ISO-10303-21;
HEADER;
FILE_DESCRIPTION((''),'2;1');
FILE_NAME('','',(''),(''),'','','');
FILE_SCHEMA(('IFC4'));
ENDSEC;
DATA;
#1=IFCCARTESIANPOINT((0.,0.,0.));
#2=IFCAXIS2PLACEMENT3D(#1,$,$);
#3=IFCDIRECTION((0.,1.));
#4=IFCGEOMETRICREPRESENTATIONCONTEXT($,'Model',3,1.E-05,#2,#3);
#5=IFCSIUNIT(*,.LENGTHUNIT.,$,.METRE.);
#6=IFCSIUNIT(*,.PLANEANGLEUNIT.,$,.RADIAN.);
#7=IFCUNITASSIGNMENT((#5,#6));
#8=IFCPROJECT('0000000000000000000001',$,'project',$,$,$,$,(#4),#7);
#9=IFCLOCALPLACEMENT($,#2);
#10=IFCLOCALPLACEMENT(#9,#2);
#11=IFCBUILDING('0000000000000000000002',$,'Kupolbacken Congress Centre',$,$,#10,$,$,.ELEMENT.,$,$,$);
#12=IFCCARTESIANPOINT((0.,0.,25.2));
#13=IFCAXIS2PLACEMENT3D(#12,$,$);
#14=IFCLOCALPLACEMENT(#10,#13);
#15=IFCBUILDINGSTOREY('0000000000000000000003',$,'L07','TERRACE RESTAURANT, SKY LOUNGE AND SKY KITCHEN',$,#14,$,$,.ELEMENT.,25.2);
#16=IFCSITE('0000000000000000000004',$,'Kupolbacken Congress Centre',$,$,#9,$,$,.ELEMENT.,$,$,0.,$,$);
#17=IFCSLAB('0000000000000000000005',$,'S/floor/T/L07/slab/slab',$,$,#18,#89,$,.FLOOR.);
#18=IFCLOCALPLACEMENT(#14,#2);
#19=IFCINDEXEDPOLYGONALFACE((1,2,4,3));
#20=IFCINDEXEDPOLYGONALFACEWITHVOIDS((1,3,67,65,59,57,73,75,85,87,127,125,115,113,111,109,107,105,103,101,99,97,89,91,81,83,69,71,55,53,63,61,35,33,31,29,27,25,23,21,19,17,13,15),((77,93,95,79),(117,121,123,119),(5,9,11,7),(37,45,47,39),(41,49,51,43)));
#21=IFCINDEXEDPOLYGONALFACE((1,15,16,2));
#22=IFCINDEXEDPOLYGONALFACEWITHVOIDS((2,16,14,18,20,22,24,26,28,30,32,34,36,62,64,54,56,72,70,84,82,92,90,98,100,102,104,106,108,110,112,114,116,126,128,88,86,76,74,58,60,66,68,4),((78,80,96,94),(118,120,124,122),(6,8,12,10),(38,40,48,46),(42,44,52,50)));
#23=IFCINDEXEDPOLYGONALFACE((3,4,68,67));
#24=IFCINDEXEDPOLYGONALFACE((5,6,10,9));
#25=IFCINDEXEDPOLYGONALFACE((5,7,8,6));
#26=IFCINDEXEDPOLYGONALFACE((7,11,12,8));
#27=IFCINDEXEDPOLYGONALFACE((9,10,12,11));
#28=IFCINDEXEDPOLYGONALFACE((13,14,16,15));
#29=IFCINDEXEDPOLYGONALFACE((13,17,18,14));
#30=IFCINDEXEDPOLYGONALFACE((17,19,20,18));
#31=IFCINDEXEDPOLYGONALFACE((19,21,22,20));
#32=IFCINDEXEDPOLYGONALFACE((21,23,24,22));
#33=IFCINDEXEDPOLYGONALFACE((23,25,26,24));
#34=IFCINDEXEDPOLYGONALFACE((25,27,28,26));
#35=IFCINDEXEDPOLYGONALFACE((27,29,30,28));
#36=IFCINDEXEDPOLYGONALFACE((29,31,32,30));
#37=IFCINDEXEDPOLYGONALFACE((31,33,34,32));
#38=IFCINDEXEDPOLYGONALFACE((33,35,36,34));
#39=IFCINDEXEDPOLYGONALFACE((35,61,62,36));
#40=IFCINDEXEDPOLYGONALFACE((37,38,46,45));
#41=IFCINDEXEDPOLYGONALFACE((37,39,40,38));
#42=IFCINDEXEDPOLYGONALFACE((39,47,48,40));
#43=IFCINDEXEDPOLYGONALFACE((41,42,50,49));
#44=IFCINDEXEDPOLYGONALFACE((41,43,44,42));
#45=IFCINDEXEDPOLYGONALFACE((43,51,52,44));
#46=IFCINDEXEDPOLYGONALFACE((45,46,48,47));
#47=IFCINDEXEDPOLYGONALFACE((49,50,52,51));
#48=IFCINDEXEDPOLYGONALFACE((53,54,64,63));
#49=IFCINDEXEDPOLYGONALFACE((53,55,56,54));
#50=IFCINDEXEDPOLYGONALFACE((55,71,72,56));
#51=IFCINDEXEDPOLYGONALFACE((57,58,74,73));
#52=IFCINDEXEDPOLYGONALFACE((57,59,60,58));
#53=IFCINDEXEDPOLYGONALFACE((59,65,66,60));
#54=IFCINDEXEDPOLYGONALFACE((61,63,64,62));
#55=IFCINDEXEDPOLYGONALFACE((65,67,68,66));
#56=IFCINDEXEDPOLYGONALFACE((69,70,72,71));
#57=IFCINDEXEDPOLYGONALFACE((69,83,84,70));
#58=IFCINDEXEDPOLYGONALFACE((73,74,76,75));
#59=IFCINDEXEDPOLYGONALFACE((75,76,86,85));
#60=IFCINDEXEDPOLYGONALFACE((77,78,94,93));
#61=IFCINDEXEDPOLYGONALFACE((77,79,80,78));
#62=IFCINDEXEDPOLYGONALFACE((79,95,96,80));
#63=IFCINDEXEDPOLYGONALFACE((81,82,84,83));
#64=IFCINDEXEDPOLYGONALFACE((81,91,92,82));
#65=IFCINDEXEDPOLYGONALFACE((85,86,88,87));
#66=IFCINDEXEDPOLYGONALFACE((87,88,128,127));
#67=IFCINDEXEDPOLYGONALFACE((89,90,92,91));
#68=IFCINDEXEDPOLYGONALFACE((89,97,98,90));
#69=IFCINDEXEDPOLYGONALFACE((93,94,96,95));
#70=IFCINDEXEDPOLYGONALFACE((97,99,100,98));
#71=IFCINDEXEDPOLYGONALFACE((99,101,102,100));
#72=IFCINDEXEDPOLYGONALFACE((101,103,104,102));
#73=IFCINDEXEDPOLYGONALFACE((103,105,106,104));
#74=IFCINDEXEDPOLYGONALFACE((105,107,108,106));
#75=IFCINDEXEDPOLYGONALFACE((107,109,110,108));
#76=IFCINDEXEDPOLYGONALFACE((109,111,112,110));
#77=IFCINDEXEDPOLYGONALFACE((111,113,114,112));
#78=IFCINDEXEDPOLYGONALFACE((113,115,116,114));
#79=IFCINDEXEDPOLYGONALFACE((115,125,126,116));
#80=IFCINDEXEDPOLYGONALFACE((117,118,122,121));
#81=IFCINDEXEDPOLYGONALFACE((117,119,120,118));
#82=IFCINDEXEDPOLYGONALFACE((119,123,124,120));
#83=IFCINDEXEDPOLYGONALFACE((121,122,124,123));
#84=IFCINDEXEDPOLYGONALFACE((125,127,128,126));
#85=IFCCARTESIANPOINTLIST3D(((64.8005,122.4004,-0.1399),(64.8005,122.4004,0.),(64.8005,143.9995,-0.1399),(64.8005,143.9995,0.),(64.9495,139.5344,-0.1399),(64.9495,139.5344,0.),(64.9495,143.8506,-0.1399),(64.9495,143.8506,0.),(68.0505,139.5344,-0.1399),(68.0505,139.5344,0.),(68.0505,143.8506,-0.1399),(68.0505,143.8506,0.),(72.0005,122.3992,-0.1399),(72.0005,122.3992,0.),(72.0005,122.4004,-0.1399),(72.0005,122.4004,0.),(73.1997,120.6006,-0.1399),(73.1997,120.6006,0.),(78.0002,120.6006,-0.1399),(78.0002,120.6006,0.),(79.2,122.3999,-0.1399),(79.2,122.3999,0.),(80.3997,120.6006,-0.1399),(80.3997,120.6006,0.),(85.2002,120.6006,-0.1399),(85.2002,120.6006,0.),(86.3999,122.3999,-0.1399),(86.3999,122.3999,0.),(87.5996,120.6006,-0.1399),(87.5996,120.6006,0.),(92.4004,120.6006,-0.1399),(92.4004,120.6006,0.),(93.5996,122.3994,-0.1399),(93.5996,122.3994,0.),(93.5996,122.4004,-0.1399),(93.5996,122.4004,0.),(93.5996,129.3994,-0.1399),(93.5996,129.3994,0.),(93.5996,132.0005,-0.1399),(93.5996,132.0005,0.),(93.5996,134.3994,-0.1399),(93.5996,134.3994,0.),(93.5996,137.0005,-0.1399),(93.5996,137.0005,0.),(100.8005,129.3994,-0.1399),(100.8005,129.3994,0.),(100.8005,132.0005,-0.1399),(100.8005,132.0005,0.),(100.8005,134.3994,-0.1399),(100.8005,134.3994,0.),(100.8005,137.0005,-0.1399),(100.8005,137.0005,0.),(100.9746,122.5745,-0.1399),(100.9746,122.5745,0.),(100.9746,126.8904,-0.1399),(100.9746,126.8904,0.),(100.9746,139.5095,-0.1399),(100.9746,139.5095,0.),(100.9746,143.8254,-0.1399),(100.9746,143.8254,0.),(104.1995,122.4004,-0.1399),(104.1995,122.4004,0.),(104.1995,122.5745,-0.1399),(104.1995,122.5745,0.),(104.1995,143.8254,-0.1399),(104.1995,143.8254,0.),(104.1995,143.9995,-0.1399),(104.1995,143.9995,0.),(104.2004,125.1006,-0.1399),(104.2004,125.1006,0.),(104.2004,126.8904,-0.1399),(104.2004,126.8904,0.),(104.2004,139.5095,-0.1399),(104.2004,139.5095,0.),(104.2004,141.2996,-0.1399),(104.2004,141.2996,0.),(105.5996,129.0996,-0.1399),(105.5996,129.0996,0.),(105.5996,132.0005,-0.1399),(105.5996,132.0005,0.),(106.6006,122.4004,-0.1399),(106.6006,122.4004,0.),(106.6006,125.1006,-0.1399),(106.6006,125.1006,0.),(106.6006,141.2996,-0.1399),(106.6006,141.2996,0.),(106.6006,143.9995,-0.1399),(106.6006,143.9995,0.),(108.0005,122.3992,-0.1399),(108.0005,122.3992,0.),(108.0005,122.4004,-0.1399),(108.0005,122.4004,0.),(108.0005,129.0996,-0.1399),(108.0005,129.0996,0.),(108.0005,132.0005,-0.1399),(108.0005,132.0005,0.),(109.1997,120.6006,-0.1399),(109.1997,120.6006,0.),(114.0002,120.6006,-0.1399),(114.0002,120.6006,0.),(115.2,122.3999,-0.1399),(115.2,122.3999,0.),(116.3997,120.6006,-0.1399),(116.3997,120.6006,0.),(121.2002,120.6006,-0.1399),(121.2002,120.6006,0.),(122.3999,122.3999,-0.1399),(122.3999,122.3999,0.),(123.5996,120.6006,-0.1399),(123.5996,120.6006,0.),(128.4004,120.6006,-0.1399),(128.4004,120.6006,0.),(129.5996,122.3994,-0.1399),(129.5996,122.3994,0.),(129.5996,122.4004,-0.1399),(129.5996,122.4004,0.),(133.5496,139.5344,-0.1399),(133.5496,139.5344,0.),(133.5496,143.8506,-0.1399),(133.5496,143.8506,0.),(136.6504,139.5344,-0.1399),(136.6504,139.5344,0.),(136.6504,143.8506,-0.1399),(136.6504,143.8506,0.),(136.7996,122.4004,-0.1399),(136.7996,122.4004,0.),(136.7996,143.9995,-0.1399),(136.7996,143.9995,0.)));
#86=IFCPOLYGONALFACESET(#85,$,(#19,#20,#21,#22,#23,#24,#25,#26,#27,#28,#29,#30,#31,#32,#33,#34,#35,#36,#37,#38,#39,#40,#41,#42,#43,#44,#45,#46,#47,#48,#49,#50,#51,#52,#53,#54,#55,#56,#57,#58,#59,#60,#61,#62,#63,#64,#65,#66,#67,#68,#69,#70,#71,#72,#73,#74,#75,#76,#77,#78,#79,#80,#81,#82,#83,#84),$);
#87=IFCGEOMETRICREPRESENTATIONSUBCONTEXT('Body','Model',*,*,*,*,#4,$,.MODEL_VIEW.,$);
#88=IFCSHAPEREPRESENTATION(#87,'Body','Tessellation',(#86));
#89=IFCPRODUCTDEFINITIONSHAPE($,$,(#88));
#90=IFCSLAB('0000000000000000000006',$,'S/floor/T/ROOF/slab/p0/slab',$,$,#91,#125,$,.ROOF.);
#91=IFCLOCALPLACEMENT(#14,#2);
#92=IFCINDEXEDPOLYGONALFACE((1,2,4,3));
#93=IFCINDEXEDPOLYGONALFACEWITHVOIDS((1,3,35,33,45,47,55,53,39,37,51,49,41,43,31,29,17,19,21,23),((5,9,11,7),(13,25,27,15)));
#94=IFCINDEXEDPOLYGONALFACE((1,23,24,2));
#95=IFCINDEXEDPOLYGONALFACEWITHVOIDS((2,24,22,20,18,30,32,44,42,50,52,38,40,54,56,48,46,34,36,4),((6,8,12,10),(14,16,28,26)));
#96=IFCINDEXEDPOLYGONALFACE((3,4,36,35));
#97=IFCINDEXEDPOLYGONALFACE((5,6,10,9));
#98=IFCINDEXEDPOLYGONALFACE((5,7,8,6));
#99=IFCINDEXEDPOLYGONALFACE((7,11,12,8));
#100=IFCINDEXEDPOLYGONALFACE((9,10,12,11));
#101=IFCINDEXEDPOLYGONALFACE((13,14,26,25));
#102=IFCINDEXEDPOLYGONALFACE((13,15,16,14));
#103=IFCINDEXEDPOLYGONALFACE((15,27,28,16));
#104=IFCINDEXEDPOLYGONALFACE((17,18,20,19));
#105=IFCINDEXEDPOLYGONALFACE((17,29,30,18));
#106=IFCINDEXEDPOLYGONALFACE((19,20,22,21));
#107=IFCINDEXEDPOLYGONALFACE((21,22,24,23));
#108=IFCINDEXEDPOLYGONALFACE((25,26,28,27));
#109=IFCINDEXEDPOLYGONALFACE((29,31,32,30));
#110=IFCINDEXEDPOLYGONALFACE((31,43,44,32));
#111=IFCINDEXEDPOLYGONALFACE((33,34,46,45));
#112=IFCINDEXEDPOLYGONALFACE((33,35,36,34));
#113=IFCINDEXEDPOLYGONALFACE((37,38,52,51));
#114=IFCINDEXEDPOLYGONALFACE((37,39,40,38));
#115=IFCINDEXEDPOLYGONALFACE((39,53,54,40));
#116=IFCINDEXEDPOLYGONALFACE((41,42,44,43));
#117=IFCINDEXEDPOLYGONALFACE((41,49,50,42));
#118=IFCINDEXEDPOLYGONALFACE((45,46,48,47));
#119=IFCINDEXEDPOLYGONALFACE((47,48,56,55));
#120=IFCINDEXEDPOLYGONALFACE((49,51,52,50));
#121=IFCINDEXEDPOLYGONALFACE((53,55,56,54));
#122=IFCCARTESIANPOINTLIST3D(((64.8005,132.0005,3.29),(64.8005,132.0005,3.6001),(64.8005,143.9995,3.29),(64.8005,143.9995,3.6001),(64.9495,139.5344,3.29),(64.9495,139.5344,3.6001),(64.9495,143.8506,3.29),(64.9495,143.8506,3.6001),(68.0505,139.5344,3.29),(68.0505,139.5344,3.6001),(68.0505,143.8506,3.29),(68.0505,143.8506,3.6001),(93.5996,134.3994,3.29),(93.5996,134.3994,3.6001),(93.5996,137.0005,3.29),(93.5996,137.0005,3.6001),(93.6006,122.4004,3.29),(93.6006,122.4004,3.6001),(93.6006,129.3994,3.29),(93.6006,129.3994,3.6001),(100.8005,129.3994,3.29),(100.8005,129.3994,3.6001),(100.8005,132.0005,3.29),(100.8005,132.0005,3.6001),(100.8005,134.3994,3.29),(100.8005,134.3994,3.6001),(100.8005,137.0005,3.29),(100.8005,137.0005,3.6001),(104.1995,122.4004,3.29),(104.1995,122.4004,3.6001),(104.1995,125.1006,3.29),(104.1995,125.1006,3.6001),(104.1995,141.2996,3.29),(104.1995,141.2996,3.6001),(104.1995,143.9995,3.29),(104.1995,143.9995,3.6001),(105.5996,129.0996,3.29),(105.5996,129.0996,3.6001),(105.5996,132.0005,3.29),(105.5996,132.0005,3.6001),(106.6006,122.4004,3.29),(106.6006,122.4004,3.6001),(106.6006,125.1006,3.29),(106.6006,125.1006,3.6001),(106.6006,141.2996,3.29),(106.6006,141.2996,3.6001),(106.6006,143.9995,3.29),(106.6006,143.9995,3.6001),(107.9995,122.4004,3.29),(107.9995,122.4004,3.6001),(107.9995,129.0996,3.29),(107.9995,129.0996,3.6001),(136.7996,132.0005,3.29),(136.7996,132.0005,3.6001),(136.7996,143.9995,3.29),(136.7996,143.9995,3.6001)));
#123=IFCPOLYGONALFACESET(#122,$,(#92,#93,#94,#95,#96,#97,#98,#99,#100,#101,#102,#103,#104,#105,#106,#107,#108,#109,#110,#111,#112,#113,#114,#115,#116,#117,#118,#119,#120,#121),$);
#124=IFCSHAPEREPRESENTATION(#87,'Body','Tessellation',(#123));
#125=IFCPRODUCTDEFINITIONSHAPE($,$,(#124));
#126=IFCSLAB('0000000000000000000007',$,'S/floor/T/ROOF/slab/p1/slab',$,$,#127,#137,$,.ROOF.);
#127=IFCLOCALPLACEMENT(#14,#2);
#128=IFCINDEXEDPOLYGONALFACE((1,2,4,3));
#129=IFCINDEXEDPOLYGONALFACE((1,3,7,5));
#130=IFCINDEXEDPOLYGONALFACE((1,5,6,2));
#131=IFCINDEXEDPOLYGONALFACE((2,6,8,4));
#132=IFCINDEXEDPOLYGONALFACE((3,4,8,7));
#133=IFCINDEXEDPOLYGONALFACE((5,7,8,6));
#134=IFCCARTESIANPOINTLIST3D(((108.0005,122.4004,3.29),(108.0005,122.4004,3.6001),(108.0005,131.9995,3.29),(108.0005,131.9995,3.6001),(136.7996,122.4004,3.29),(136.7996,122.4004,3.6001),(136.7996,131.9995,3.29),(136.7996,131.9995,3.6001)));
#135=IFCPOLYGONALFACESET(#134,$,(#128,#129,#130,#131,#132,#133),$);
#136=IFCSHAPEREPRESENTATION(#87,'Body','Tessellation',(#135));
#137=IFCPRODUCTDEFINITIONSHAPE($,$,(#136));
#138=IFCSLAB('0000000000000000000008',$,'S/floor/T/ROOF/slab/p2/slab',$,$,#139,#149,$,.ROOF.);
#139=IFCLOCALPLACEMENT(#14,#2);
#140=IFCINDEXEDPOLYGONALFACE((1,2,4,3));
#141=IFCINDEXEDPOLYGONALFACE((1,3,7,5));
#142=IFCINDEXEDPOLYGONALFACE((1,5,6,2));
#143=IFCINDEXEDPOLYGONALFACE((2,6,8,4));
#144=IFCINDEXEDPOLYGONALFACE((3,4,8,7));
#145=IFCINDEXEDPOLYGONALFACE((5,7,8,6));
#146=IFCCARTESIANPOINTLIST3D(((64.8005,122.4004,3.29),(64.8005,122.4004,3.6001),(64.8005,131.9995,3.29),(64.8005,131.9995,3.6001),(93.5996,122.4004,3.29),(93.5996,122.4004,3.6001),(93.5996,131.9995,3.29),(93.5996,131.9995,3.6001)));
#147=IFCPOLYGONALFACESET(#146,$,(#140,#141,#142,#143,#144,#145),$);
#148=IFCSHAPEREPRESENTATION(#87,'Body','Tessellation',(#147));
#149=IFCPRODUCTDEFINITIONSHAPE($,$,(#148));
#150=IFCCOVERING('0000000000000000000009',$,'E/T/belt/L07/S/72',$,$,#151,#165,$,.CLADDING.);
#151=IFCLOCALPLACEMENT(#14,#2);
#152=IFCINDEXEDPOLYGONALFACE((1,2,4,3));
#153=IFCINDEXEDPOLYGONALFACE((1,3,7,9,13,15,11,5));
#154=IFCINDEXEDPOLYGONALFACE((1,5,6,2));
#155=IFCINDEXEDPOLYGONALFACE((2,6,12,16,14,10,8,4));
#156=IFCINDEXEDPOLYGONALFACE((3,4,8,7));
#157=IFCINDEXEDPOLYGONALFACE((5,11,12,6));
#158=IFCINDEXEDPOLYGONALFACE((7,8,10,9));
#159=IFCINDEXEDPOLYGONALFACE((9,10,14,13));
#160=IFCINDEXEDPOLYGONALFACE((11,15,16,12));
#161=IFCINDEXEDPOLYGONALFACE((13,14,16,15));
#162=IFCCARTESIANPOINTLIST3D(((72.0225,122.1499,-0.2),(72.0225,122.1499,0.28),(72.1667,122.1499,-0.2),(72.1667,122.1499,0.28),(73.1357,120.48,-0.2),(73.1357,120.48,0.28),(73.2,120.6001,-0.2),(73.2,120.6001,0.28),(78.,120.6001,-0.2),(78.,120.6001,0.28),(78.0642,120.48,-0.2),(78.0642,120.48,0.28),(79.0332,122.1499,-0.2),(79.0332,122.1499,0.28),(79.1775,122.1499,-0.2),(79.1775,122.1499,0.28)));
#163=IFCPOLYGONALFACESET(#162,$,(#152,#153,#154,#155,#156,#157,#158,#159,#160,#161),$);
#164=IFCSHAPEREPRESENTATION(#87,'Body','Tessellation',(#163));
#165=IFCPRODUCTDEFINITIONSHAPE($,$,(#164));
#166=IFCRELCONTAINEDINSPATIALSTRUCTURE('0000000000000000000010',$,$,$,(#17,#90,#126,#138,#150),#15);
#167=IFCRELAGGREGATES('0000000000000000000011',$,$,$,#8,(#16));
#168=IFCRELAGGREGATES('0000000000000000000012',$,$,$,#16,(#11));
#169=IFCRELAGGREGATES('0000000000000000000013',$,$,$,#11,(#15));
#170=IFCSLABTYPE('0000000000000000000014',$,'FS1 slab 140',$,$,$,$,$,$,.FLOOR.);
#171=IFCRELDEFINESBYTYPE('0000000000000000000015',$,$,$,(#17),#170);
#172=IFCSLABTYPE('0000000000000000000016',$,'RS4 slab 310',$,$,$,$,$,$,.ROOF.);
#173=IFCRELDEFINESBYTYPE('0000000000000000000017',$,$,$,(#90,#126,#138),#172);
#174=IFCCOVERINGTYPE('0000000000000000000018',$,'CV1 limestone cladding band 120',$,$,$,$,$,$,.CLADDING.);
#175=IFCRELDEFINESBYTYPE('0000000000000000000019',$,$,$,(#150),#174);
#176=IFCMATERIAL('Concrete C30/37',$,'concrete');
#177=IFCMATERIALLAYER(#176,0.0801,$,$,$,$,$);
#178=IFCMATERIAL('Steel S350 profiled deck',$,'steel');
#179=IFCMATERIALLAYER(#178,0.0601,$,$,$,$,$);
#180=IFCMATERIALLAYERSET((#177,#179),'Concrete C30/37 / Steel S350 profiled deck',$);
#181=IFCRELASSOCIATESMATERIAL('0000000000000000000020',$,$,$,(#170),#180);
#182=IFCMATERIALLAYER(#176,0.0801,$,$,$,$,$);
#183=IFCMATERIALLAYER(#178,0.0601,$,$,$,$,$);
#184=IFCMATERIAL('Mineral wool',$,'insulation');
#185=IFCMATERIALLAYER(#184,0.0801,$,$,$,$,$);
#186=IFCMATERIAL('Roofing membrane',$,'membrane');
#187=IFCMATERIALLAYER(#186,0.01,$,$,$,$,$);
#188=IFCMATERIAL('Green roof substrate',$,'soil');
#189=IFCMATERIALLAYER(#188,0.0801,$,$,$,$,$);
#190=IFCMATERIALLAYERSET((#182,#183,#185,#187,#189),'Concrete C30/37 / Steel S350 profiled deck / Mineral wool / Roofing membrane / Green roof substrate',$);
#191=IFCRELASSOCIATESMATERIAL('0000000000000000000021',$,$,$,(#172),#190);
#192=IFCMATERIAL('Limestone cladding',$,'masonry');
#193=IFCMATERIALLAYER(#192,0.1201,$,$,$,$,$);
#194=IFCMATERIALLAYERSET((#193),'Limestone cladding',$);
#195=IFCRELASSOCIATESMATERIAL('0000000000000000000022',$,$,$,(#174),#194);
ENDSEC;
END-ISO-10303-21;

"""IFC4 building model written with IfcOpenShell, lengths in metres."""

from ifc_helpers import new_model, si_unit, direction, frame, origin, place, context, subcontext, project, spatial, polyline, outline, extrude, material, layer, layer_set, type_object, element, save


model = new_model("IFC4")

# Units and contexts
model_context = context("Model", 3, precision=1e-05, world=origin(), true_north=direction((0.0, 1.0)))
body_context = subcontext(model_context, "Body", "Model", "MODEL_VIEW")
ifc_project = project(units=[si_unit("LENGTHUNIT", "METRE"), si_unit("PLANEANGLEUNIT", "RADIAN")], contexts=[model_context])

# Site, building, storey
site_placement = place(None, origin())
site = spatial("IfcSite", under=ifc_project, at=site_placement, Name="Kupolbacken Congress Centre", CompositionType="ELEMENT", RefElevation=0.0)
building_placement = place(site_placement, origin())
building = spatial("IfcBuilding", under=site, at=building_placement, Name="Kupolbacken Congress Centre", CompositionType="ELEMENT")
storey_placement = place(building_placement, frame((0.0, 0.0, 25.2)))
storey = spatial("IfcBuildingStorey", under=building, at=storey_placement, Name="L07", Description="TERRACE RESTAURANT, SKY LOUNGE AND SKY KITCHEN", CompositionType="ELEMENT", Elevation=25.2)

# Slabs
ifc_material_1 = material(Name="Concrete C30/37", Category="concrete")
ifc_layer_1 = layer(ifc_material_1, 0.0801)
ifc_material_2 = material(Name="Steel S350 profiled deck", Category="steel")
ifc_layer_2 = layer(ifc_material_2, 0.0601)
ifc_layer_set_1 = layer_set([ifc_layer_1, ifc_layer_2], Name="Concrete C30/37 / Steel S350 profiled deck")
slab_type_1 = type_object("IfcSlabType", Name="FS1 slab 140", PredefinedType="FLOOR", material=ifc_layer_set_1)
slab_1_placement = place(storey_placement, frame((0.0, 0.0, -0.1399)))
element("IfcSlab", 1, at=slab_1_placement, inside=storey, type_object=slab_type_1, Name="S/floor/T/L07/slab/slab", PredefinedType="FLOOR", context=body_context, shape_type="SweptSolid", body=[
    extrude(outline(polyline([(114.0002, 120.6006), (115.2, 122.3999), (116.3997, 120.6006), (121.2002, 120.6006), (122.3999, 122.3999), (123.5996, 120.6006), (128.4004, 120.6006), (129.5996, 122.3994), (129.5996, 122.4004), (136.7996, 122.4004), (136.7996, 143.9995), (106.6006, 143.9995), (106.6006, 141.2996), (104.2004, 141.2996), (104.2004, 139.5095), (100.9746, 139.5095), (100.9746, 143.8254), (104.1995, 143.8254), (104.1995, 143.9995), (64.8005, 143.9995), (64.8005, 122.4004), (72.0005, 122.4004), (72.0005, 122.3992), (73.1997, 120.6006), (78.0002, 120.6006), (79.2, 122.3999), (80.3997, 120.6006), (85.2002, 120.6006), (86.3999, 122.3999), (87.5996, 120.6006), (92.4004, 120.6006), (93.5996, 122.3994), (93.5996, 122.4004), (104.1995, 122.4004), (104.1995, 122.5745), (100.9746, 122.5745), (100.9746, 126.8904), (104.2004, 126.8904), (104.2004, 125.1006), (106.6006, 125.1006), (106.6006, 122.4004), (108.0005, 122.4004), (108.0005, 122.3992), (109.1997, 120.6006), (114.0002, 120.6006)]), holes=[polyline([(136.6504, 139.5344), (133.5496, 139.5344), (133.5496, 143.8506), (136.6504, 143.8506), (136.6504, 139.5344)]), polyline([(108.0005, 129.0996), (105.5996, 129.0996), (105.5996, 132.0005), (108.0005, 132.0005), (108.0005, 129.0996)]), polyline([(93.5996, 132.0005), (100.8005, 132.0005), (100.8005, 129.3994), (93.5996, 129.3994), (93.5996, 132.0005)]), polyline([(93.5996, 137.0005), (100.8005, 137.0005), (100.8005, 134.3994), (93.5996, 134.3994), (93.5996, 137.0005)]), polyline([(68.0505, 143.8506), (68.0505, 139.5344), (64.9495, 139.5344), (64.9495, 143.8506), (68.0505, 143.8506)])]), origin(), (0.0, 0.0, 1.0), 0.1399),
])
ifc_layer_3 = layer(ifc_material_1, 0.0801)
ifc_layer_4 = layer(ifc_material_2, 0.0601)
ifc_material_3 = material(Name="Mineral wool", Category="insulation")
ifc_layer_5 = layer(ifc_material_3, 0.0801)
ifc_material_4 = material(Name="Roofing membrane", Category="membrane")
ifc_layer_6 = layer(ifc_material_4, 0.01)
ifc_material_5 = material(Name="Green roof substrate", Category="soil")
ifc_layer_7 = layer(ifc_material_5, 0.0801)
ifc_layer_set_2 = layer_set([ifc_layer_3, ifc_layer_4, ifc_layer_5, ifc_layer_6, ifc_layer_7], Name="Concrete C30/37 / Steel S350 profiled deck / Mineral wool / Roofing membrane / Green roof substrate")
slab_type_2 = type_object("IfcSlabType", Name="RS4 slab 310", PredefinedType="ROOF", material=ifc_layer_set_2)
slab_2_placement = place(storey_placement, frame((0.0, 0.0, 3.29)))
element("IfcSlab", 2, at=slab_2_placement, inside=storey, type_object=slab_type_2, Name="S/floor/T/ROOF/slab/p0/slab", PredefinedType="ROOF", context=body_context, shape_type="SweptSolid", body=[
    extrude(outline(polyline([(64.8005, 143.9995), (64.8005, 132.0005), (100.8005, 132.0005), (100.8005, 129.3994), (93.6006, 129.3994), (93.6006, 122.4004), (104.1995, 122.4004), (104.1995, 125.1006), (106.6006, 125.1006), (106.6006, 122.4004), (107.9995, 122.4004), (107.9995, 129.0996), (105.5996, 129.0996), (105.5996, 132.0005), (136.7996, 132.0005), (136.7996, 143.9995), (106.6006, 143.9995), (106.6006, 141.2996), (104.1995, 141.2996), (104.1995, 143.9995), (64.8005, 143.9995)]), holes=[polyline([(93.5996, 134.3994), (93.5996, 137.0005), (100.8005, 137.0005), (100.8005, 134.3994), (93.5996, 134.3994)]), polyline([(68.0505, 139.5344), (64.9495, 139.5344), (64.9495, 143.8506), (68.0505, 143.8506), (68.0505, 139.5344)])]), origin(), (0.0, 0.0, 1.0), 0.3101),
])
slab_3_placement = place(storey_placement, frame((0.0, 0.0, 3.29)))
element("IfcSlab", 3, at=slab_3_placement, inside=storey, type_object=slab_type_2, Name="S/floor/T/ROOF/slab/p1/slab", PredefinedType="ROOF", context=body_context, shape_type="SweptSolid", body=[
    extrude(outline(polyline([(108.0005, 131.9995), (108.0005, 122.4004), (136.7996, 122.4004), (136.7996, 131.9995), (108.0005, 131.9995)])), origin(), (0.0, 0.0, 1.0), 0.3101),
])
slab_4_placement = place(storey_placement, frame((0.0, 0.0, 3.29)))
element("IfcSlab", 4, at=slab_4_placement, inside=storey, type_object=slab_type_2, Name="S/floor/T/ROOF/slab/p2/slab", PredefinedType="ROOF", context=body_context, shape_type="SweptSolid", body=[
    extrude(outline(polyline([(93.5996, 122.4004), (93.5996, 131.9995), (64.8005, 131.9995), (64.8005, 122.4004), (93.5996, 122.4004)])), origin(), (0.0, 0.0, 1.0), 0.3101),
])

# Covering
ifc_material_6 = material(Name="Limestone cladding", Category="masonry")
ifc_layer_8 = layer(ifc_material_6, 0.1201)
ifc_layer_set_3 = layer_set([ifc_layer_8], Name="Limestone cladding")
covering_type_1 = type_object("IfcCoveringType", Name="CV1 limestone cladding band 120", PredefinedType="CLADDING", material=ifc_layer_set_3)
covering_1_placement = place(storey_placement, frame((0.0, 0.0, -0.2)))
element("IfcCovering", 5, at=covering_1_placement, inside=storey, type_object=covering_type_1, Name="E/T/belt/L07/S/72", PredefinedType="CLADDING", context=body_context, shape_type="SweptSolid", body=[
    extrude(outline(polyline([(79.1775, 122.1499), (79.0332, 122.1499), (78.0, 120.6001), (73.2, 120.6001), (72.1667, 122.1499), (72.0225, 122.1499), (73.1357, 120.48), (78.0642, 120.48), (79.1775, 122.1499)])), origin(), (0.0, 0.0, 1.0), 0.48),
])

save(model, "model.ifc")
